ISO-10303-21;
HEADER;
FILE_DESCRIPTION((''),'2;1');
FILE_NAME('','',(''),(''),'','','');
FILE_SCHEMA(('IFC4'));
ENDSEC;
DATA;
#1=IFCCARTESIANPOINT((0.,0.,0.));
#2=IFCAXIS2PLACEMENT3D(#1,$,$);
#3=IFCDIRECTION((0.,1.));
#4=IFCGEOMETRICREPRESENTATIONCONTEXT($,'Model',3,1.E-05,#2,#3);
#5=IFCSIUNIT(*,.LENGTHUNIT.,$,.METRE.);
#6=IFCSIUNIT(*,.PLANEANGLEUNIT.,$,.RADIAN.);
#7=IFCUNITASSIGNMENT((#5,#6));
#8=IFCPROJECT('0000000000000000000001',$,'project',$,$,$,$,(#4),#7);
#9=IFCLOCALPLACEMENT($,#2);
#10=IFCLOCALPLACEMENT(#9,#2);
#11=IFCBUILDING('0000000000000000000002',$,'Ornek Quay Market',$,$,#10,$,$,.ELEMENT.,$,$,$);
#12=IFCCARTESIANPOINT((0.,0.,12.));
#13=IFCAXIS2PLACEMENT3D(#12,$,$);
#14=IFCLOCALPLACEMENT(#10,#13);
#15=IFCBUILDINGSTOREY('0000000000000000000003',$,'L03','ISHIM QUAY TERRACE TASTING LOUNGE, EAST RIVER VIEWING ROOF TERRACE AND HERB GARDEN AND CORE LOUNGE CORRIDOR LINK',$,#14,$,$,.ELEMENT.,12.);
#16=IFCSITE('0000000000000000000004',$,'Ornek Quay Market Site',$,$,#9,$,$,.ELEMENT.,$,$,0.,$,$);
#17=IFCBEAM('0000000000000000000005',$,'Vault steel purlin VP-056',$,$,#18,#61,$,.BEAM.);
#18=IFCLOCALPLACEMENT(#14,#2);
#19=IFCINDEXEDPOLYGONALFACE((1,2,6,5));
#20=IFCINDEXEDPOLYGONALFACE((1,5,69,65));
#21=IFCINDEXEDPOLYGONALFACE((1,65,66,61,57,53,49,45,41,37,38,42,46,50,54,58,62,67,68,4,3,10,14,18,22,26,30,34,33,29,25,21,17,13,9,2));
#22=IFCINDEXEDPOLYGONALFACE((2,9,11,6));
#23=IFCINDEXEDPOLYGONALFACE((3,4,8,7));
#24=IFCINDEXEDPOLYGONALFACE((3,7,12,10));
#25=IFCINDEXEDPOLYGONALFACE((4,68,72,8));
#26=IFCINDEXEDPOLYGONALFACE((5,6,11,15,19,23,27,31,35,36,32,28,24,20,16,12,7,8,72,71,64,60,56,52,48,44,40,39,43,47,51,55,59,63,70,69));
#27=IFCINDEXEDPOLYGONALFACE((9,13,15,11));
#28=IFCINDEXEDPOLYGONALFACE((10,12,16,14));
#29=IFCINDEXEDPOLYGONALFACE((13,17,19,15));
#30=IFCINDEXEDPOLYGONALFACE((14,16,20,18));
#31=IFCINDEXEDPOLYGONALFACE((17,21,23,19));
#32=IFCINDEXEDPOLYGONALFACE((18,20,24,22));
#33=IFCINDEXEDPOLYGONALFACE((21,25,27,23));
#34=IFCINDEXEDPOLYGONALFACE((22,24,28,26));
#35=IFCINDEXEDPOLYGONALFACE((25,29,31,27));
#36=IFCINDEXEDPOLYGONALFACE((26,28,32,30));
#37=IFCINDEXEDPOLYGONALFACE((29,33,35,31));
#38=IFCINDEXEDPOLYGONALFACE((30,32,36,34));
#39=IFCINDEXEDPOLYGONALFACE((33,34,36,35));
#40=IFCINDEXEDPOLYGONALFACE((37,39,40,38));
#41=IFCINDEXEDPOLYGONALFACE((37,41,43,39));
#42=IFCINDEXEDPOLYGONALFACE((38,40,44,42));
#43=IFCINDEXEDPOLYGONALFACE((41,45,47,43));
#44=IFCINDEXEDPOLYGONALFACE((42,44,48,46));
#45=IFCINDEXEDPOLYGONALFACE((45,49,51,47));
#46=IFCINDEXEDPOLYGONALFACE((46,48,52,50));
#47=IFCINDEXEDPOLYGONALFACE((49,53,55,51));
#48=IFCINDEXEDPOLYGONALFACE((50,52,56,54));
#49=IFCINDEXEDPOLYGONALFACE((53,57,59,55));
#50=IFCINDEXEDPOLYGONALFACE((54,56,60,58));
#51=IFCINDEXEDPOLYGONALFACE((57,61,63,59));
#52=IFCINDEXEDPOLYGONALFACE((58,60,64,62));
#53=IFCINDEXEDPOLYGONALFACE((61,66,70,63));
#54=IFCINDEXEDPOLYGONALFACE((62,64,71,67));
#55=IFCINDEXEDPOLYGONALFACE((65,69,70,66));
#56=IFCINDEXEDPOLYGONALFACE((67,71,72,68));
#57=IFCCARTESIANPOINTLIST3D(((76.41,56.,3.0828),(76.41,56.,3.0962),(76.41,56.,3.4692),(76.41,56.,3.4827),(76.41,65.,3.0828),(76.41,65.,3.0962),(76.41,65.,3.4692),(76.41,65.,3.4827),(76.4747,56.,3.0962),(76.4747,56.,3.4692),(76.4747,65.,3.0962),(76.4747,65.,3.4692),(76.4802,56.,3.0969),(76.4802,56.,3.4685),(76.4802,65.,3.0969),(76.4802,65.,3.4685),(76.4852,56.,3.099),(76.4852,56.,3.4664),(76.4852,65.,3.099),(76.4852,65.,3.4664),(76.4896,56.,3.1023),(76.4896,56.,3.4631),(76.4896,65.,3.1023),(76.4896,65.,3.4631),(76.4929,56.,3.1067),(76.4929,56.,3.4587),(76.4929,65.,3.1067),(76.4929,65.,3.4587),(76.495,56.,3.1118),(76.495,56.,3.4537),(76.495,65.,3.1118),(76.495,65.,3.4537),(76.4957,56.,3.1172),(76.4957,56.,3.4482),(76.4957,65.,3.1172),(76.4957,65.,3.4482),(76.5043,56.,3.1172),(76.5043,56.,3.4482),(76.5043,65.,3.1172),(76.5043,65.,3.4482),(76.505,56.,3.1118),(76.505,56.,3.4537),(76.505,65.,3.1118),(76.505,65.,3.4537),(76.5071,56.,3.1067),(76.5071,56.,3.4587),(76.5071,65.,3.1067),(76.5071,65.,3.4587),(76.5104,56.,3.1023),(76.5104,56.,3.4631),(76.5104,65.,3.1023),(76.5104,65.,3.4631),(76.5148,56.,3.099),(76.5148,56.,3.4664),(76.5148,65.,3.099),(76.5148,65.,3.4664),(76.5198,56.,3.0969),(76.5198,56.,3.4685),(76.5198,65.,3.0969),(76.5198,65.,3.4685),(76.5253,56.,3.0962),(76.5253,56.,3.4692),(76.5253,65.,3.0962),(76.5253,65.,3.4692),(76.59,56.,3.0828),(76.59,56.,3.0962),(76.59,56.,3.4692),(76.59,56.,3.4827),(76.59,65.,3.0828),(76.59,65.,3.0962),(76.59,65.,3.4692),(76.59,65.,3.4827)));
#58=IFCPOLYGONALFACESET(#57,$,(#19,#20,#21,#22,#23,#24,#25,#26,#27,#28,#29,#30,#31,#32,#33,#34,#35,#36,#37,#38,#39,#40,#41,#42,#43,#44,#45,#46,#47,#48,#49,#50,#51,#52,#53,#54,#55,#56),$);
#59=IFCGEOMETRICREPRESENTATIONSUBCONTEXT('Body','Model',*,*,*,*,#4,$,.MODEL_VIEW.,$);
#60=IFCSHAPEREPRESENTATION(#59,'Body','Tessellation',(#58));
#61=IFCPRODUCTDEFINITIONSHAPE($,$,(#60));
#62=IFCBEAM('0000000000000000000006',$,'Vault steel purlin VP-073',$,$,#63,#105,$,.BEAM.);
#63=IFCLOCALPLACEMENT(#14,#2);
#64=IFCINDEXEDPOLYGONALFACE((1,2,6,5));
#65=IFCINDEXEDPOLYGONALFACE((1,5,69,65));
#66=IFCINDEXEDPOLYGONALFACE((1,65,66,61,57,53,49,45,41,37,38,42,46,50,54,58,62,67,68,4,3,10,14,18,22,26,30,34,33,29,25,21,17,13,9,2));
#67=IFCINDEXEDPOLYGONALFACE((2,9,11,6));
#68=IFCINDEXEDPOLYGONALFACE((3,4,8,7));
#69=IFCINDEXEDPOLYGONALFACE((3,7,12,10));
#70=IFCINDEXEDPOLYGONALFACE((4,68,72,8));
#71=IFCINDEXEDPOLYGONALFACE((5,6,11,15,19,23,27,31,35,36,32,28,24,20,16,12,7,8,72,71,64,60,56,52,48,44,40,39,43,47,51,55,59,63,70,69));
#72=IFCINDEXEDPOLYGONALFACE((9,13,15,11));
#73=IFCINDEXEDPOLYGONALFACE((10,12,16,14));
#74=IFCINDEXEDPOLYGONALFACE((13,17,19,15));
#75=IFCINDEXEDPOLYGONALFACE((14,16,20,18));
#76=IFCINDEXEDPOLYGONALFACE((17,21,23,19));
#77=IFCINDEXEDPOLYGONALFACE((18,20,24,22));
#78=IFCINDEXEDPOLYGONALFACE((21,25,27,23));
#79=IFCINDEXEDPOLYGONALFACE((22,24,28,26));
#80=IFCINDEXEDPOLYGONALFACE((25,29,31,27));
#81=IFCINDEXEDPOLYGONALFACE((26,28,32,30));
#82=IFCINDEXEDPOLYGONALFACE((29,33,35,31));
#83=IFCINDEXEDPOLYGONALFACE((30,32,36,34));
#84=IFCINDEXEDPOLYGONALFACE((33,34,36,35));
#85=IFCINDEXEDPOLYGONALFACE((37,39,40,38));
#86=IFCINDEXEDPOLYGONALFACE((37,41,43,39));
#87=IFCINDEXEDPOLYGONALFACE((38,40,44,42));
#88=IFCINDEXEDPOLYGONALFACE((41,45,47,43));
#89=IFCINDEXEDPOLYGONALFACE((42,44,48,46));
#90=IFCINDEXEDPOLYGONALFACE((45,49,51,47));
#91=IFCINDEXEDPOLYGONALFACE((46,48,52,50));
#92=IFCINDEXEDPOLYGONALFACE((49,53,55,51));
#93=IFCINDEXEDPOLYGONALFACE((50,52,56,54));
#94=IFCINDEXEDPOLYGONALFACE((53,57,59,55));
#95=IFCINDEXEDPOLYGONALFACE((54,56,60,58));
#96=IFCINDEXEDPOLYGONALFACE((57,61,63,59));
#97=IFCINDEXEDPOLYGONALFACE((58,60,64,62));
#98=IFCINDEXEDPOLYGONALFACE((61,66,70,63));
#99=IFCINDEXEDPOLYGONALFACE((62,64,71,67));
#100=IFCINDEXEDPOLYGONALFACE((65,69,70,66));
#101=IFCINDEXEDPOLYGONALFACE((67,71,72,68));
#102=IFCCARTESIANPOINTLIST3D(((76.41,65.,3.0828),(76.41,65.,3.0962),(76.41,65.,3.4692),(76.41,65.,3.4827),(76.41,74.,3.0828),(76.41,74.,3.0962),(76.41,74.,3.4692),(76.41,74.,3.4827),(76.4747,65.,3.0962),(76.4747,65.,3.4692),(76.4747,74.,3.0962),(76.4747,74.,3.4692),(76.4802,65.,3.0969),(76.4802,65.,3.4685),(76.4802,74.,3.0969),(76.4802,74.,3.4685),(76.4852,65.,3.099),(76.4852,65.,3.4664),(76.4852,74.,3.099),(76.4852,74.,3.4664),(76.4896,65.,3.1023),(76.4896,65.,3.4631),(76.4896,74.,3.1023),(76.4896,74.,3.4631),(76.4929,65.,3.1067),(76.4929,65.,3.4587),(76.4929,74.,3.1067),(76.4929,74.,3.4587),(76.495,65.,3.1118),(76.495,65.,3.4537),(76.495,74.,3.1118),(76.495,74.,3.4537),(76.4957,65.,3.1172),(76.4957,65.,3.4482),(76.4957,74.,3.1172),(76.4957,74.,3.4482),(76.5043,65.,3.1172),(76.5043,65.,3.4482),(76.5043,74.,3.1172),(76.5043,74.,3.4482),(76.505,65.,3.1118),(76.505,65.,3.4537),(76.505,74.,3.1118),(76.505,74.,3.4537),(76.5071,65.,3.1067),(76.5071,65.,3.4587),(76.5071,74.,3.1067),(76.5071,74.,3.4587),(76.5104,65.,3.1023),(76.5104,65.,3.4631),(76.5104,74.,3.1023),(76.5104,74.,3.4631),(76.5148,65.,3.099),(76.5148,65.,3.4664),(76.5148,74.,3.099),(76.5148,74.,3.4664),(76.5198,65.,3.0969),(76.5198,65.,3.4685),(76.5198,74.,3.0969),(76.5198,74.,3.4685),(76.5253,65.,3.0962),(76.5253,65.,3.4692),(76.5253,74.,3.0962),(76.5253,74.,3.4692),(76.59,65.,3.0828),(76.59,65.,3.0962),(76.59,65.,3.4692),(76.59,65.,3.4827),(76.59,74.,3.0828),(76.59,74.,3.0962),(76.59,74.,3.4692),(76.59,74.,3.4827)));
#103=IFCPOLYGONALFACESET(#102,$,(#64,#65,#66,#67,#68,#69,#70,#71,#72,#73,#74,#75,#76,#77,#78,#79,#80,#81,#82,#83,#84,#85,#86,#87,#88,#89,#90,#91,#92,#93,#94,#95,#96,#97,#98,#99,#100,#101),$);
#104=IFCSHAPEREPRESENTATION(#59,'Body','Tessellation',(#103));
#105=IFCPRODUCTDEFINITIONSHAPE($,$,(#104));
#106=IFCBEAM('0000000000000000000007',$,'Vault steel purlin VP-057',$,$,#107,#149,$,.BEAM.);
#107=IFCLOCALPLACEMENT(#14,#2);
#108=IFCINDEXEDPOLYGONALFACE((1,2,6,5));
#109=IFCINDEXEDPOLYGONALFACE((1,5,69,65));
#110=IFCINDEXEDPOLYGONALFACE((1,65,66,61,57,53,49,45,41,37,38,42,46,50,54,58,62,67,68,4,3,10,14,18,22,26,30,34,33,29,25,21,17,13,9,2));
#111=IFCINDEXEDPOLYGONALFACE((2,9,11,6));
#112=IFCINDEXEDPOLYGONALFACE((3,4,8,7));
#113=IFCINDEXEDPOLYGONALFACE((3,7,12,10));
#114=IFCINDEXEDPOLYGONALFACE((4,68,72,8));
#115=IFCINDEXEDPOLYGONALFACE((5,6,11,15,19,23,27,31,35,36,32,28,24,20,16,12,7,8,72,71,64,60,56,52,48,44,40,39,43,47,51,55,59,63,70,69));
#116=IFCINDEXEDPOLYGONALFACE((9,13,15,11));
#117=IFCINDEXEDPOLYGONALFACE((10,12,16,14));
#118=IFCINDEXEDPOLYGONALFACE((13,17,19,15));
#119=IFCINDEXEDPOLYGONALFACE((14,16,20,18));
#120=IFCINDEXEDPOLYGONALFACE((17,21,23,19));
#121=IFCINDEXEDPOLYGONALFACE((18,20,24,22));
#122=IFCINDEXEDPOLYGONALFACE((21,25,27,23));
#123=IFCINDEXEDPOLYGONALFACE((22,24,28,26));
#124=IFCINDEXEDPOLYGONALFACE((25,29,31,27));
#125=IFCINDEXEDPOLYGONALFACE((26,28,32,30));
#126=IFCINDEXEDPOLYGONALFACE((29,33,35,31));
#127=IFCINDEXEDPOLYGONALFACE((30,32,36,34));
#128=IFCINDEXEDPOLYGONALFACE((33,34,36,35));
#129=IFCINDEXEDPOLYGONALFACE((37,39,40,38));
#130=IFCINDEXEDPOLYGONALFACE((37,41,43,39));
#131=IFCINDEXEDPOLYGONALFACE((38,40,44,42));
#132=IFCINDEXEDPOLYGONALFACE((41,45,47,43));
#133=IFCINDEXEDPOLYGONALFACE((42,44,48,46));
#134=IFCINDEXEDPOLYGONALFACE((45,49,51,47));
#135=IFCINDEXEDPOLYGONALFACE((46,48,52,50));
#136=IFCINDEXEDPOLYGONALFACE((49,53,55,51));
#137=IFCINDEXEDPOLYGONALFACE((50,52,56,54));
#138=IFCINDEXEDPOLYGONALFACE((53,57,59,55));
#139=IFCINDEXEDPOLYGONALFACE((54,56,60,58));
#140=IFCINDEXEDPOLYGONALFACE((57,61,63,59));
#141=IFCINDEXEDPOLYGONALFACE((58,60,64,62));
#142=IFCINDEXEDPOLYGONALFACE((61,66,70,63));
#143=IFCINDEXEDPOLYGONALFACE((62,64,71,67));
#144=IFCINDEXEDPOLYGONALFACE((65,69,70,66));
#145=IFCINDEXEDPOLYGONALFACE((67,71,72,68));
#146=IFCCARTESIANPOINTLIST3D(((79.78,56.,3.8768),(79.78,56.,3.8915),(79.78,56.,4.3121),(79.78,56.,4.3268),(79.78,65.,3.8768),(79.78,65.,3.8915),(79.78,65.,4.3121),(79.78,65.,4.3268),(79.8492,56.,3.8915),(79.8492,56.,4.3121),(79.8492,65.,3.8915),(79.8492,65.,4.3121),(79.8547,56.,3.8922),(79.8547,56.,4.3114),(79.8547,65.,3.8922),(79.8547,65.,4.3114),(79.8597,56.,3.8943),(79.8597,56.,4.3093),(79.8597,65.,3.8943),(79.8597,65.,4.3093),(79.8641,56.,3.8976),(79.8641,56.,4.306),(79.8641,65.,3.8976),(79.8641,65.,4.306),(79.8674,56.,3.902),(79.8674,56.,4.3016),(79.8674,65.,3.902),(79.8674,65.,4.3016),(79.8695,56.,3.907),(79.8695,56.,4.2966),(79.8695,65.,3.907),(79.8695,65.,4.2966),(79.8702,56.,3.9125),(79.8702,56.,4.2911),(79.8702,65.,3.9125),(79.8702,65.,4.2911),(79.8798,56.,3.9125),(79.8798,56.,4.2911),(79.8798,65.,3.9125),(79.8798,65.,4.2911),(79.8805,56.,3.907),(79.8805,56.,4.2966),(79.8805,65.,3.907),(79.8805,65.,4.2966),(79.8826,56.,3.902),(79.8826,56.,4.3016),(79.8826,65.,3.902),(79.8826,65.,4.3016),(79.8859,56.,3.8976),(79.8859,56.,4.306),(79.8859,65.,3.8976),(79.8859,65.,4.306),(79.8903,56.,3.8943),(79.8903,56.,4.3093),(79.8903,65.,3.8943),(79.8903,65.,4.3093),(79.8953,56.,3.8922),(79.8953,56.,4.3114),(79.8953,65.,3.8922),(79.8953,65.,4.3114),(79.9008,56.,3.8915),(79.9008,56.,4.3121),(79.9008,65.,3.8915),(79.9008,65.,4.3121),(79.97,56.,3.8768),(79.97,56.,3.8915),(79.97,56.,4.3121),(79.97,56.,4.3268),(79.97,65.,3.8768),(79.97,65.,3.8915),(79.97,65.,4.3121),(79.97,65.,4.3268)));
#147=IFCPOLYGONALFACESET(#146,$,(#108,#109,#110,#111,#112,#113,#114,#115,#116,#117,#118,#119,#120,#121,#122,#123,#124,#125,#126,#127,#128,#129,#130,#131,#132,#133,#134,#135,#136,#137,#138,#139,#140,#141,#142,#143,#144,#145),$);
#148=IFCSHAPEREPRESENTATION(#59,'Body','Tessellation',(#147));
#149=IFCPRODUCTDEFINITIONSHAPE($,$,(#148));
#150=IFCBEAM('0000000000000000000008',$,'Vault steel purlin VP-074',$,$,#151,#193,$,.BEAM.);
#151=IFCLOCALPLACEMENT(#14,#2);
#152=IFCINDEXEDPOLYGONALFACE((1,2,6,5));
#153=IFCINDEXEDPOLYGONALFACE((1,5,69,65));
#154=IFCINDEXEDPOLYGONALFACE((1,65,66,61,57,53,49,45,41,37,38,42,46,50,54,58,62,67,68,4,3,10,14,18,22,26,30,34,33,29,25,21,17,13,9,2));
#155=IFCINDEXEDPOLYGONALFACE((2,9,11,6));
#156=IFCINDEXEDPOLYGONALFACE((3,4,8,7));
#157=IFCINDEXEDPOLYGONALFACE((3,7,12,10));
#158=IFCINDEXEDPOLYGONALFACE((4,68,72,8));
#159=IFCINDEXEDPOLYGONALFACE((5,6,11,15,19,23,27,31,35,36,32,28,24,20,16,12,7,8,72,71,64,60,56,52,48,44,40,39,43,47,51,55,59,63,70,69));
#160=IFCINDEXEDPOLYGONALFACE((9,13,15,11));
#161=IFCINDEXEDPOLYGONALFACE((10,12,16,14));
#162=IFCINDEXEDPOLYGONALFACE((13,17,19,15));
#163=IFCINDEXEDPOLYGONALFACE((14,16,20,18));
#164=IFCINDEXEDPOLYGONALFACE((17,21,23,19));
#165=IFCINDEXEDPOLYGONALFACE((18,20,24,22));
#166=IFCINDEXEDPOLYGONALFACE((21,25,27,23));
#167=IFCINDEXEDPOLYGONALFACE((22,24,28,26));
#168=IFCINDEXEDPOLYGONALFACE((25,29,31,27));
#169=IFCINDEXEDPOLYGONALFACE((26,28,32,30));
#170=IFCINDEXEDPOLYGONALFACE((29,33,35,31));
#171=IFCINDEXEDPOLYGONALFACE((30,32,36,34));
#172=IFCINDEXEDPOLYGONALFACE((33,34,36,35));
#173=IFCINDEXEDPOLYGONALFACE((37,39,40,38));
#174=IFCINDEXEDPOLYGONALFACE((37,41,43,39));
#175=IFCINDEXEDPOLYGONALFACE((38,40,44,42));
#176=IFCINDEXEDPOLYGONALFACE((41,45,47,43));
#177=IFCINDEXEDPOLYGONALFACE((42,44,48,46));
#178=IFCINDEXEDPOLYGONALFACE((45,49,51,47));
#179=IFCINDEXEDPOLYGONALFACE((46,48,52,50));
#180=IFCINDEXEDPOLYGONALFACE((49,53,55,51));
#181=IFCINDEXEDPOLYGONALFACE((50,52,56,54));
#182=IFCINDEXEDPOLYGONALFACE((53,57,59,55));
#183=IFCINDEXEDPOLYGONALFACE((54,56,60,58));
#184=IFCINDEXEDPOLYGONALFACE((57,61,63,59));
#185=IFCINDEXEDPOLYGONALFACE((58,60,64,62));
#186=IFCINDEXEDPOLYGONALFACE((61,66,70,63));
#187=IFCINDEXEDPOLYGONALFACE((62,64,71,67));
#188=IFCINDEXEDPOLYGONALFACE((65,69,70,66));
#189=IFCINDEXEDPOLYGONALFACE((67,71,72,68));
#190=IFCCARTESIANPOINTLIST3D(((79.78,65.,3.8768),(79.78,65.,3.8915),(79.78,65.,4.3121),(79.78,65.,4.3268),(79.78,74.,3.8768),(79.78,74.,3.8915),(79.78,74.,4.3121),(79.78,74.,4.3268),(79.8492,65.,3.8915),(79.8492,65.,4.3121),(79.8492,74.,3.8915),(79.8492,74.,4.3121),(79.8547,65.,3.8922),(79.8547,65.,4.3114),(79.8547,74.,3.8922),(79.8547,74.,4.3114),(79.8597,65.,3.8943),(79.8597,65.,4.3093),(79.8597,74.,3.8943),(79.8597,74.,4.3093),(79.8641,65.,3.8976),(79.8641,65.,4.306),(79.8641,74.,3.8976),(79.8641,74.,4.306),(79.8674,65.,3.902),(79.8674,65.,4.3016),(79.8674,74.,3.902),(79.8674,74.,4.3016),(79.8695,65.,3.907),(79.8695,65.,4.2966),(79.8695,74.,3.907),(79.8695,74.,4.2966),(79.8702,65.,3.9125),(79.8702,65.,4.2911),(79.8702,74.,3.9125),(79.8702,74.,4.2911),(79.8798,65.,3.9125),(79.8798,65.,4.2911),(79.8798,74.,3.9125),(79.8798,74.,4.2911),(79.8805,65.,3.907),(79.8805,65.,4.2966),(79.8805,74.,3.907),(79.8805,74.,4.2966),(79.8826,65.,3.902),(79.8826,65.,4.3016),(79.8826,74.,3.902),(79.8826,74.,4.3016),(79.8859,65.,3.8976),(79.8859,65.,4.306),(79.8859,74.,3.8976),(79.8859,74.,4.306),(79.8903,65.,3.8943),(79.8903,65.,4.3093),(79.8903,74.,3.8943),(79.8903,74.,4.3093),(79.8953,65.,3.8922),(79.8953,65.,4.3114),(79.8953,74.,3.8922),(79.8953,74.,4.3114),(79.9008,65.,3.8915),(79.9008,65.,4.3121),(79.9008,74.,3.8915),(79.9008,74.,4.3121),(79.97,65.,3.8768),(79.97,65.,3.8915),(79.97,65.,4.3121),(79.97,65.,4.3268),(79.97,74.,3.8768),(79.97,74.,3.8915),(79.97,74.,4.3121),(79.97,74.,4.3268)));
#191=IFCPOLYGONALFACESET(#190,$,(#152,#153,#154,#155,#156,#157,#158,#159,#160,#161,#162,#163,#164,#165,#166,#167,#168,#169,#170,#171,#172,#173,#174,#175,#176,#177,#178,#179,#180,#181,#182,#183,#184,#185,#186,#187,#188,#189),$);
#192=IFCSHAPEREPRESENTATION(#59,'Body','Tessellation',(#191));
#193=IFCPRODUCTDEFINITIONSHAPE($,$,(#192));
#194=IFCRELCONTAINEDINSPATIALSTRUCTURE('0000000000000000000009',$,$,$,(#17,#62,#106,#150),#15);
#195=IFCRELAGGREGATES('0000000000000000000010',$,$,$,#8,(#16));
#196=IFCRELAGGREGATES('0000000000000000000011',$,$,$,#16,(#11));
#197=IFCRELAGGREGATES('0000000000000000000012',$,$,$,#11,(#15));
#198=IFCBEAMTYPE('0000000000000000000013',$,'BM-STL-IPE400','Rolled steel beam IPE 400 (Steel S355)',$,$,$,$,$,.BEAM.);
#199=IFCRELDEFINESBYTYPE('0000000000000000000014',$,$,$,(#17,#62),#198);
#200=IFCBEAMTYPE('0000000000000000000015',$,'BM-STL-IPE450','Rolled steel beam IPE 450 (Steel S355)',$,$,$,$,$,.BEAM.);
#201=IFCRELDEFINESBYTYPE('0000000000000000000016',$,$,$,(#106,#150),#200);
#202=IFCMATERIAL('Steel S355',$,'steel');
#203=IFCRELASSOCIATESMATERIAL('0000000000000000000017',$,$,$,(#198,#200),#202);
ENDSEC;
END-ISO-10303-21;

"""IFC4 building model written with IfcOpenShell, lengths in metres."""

from ifc_helpers import new_model, si_unit, direction, frame, origin, origin_2d, place, context, subcontext, project, spatial, i_section, extrude, material, material_profile, profile_set, type_object, element, save


model = new_model("IFC4")

# Units and contexts
model_context = context("Model", 3, precision=1e-05, world=origin(), true_north=direction((0.0, 1.0)))
body_context = subcontext(model_context, "Body", "Model", "MODEL_VIEW")
ifc_project = project(units=[si_unit("LENGTHUNIT", "METRE"), si_unit("PLANEANGLEUNIT", "RADIAN")], contexts=[model_context])

# Site, building, storey
site_placement = place(None, origin())
site = spatial("IfcSite", under=ifc_project, at=site_placement, Name="Ornek Quay Market Site", CompositionType="ELEMENT", RefElevation=0.0)
building_placement = place(site_placement, origin())
building = spatial("IfcBuilding", under=site, at=building_placement, Name="Ornek Quay Market", CompositionType="ELEMENT")
storey_placement = place(building_placement, frame((0.0, 0.0, 12.0)))
storey = spatial("IfcBuildingStorey", under=building, at=storey_placement, Name="L03", Description="ISHIM QUAY TERRACE TASTING LOUNGE, EAST RIVER VIEWING ROOF TERRACE AND HERB GARDEN AND CORE LOUNGE CORRIDOR LINK", CompositionType="ELEMENT", Elevation=12.0)

# Beams
ifc_material_1 = material(Name="Steel S355", Category="steel")
ifc_material_profile_1 = material_profile(ifc_material_1, i_section(OverallWidth=0.1799, OverallDepth=0.3999, WebThickness=0.0085, FlangeThickness=0.0134, FilletRadius=0.021, at=origin_2d()), Name="IPE 400", Category="steel")
ifc_profile_set_1 = profile_set([ifc_material_profile_1], Name="Steel S355")
beam_type_1 = type_object("IfcBeamType", Name="BM-STL-IPE400", Description="Rolled steel beam IPE 400 (Steel S355)", PredefinedType="BEAM", material=ifc_profile_set_1)
for number, where, z_axis, x_axis, name in (
    (1, (76.5, 56.0, 3.2827), (0.0, 1.0, 0.0), (-1.0, 0.0, 0.0), "Vault steel purlin VP-056"),
    (2, (76.5, 65.0, 3.2827), (0.0, 1.0, 0.0), (-1.0, 0.0, 0.0), "Vault steel purlin VP-073"),
):
    element("IfcBeam", number, at=place(storey_placement, frame(where, z_axis=z_axis, x_axis=x_axis)), inside=storey, type_object=beam_type_1, Name=name, PredefinedType="BEAM", context=body_context, shape_type="SweptSolid", body=[
        extrude(i_section(OverallWidth=0.1799, OverallDepth=0.3999, WebThickness=0.0085, FlangeThickness=0.0134, FilletRadius=0.021, at=origin_2d()), origin(), (0.0, 0.0, 1.0), 9.0),
    ])
ifc_material_profile_2 = material_profile(ifc_material_1, i_section(OverallWidth=0.1899, OverallDepth=0.45, WebThickness=0.0095, FlangeThickness=0.0146, FilletRadius=0.021, at=origin_2d()), Name="IPE 450", Category="steel")
ifc_profile_set_2 = profile_set([ifc_material_profile_2], Name="Steel S355")
beam_type_2 = type_object("IfcBeamType", Name="BM-STL-IPE450", Description="Rolled steel beam IPE 450 (Steel S355)", PredefinedType="BEAM", material=ifc_profile_set_2)
for number, where, z_axis, x_axis, name in (
    (3, (79.875, 56.0, 4.1018), (0.0, 1.0, 0.0), (-1.0, 0.0, 0.0), "Vault steel purlin VP-057"),
    (4, (79.875, 65.0, 4.1018), (0.0, 1.0, 0.0), (-1.0, 0.0, 0.0), "Vault steel purlin VP-074"),
):
    element("IfcBeam", number, at=place(storey_placement, frame(where, z_axis=z_axis, x_axis=x_axis)), inside=storey, type_object=beam_type_2, Name=name, PredefinedType="BEAM", context=body_context, shape_type="SweptSolid", body=[
        extrude(i_section(OverallWidth=0.1899, OverallDepth=0.45, WebThickness=0.0095, FlangeThickness=0.0146, FilletRadius=0.021, at=origin_2d()), origin(), (0.0, 0.0, 1.0), 9.0),
    ])

save(model, "model.ifc")
